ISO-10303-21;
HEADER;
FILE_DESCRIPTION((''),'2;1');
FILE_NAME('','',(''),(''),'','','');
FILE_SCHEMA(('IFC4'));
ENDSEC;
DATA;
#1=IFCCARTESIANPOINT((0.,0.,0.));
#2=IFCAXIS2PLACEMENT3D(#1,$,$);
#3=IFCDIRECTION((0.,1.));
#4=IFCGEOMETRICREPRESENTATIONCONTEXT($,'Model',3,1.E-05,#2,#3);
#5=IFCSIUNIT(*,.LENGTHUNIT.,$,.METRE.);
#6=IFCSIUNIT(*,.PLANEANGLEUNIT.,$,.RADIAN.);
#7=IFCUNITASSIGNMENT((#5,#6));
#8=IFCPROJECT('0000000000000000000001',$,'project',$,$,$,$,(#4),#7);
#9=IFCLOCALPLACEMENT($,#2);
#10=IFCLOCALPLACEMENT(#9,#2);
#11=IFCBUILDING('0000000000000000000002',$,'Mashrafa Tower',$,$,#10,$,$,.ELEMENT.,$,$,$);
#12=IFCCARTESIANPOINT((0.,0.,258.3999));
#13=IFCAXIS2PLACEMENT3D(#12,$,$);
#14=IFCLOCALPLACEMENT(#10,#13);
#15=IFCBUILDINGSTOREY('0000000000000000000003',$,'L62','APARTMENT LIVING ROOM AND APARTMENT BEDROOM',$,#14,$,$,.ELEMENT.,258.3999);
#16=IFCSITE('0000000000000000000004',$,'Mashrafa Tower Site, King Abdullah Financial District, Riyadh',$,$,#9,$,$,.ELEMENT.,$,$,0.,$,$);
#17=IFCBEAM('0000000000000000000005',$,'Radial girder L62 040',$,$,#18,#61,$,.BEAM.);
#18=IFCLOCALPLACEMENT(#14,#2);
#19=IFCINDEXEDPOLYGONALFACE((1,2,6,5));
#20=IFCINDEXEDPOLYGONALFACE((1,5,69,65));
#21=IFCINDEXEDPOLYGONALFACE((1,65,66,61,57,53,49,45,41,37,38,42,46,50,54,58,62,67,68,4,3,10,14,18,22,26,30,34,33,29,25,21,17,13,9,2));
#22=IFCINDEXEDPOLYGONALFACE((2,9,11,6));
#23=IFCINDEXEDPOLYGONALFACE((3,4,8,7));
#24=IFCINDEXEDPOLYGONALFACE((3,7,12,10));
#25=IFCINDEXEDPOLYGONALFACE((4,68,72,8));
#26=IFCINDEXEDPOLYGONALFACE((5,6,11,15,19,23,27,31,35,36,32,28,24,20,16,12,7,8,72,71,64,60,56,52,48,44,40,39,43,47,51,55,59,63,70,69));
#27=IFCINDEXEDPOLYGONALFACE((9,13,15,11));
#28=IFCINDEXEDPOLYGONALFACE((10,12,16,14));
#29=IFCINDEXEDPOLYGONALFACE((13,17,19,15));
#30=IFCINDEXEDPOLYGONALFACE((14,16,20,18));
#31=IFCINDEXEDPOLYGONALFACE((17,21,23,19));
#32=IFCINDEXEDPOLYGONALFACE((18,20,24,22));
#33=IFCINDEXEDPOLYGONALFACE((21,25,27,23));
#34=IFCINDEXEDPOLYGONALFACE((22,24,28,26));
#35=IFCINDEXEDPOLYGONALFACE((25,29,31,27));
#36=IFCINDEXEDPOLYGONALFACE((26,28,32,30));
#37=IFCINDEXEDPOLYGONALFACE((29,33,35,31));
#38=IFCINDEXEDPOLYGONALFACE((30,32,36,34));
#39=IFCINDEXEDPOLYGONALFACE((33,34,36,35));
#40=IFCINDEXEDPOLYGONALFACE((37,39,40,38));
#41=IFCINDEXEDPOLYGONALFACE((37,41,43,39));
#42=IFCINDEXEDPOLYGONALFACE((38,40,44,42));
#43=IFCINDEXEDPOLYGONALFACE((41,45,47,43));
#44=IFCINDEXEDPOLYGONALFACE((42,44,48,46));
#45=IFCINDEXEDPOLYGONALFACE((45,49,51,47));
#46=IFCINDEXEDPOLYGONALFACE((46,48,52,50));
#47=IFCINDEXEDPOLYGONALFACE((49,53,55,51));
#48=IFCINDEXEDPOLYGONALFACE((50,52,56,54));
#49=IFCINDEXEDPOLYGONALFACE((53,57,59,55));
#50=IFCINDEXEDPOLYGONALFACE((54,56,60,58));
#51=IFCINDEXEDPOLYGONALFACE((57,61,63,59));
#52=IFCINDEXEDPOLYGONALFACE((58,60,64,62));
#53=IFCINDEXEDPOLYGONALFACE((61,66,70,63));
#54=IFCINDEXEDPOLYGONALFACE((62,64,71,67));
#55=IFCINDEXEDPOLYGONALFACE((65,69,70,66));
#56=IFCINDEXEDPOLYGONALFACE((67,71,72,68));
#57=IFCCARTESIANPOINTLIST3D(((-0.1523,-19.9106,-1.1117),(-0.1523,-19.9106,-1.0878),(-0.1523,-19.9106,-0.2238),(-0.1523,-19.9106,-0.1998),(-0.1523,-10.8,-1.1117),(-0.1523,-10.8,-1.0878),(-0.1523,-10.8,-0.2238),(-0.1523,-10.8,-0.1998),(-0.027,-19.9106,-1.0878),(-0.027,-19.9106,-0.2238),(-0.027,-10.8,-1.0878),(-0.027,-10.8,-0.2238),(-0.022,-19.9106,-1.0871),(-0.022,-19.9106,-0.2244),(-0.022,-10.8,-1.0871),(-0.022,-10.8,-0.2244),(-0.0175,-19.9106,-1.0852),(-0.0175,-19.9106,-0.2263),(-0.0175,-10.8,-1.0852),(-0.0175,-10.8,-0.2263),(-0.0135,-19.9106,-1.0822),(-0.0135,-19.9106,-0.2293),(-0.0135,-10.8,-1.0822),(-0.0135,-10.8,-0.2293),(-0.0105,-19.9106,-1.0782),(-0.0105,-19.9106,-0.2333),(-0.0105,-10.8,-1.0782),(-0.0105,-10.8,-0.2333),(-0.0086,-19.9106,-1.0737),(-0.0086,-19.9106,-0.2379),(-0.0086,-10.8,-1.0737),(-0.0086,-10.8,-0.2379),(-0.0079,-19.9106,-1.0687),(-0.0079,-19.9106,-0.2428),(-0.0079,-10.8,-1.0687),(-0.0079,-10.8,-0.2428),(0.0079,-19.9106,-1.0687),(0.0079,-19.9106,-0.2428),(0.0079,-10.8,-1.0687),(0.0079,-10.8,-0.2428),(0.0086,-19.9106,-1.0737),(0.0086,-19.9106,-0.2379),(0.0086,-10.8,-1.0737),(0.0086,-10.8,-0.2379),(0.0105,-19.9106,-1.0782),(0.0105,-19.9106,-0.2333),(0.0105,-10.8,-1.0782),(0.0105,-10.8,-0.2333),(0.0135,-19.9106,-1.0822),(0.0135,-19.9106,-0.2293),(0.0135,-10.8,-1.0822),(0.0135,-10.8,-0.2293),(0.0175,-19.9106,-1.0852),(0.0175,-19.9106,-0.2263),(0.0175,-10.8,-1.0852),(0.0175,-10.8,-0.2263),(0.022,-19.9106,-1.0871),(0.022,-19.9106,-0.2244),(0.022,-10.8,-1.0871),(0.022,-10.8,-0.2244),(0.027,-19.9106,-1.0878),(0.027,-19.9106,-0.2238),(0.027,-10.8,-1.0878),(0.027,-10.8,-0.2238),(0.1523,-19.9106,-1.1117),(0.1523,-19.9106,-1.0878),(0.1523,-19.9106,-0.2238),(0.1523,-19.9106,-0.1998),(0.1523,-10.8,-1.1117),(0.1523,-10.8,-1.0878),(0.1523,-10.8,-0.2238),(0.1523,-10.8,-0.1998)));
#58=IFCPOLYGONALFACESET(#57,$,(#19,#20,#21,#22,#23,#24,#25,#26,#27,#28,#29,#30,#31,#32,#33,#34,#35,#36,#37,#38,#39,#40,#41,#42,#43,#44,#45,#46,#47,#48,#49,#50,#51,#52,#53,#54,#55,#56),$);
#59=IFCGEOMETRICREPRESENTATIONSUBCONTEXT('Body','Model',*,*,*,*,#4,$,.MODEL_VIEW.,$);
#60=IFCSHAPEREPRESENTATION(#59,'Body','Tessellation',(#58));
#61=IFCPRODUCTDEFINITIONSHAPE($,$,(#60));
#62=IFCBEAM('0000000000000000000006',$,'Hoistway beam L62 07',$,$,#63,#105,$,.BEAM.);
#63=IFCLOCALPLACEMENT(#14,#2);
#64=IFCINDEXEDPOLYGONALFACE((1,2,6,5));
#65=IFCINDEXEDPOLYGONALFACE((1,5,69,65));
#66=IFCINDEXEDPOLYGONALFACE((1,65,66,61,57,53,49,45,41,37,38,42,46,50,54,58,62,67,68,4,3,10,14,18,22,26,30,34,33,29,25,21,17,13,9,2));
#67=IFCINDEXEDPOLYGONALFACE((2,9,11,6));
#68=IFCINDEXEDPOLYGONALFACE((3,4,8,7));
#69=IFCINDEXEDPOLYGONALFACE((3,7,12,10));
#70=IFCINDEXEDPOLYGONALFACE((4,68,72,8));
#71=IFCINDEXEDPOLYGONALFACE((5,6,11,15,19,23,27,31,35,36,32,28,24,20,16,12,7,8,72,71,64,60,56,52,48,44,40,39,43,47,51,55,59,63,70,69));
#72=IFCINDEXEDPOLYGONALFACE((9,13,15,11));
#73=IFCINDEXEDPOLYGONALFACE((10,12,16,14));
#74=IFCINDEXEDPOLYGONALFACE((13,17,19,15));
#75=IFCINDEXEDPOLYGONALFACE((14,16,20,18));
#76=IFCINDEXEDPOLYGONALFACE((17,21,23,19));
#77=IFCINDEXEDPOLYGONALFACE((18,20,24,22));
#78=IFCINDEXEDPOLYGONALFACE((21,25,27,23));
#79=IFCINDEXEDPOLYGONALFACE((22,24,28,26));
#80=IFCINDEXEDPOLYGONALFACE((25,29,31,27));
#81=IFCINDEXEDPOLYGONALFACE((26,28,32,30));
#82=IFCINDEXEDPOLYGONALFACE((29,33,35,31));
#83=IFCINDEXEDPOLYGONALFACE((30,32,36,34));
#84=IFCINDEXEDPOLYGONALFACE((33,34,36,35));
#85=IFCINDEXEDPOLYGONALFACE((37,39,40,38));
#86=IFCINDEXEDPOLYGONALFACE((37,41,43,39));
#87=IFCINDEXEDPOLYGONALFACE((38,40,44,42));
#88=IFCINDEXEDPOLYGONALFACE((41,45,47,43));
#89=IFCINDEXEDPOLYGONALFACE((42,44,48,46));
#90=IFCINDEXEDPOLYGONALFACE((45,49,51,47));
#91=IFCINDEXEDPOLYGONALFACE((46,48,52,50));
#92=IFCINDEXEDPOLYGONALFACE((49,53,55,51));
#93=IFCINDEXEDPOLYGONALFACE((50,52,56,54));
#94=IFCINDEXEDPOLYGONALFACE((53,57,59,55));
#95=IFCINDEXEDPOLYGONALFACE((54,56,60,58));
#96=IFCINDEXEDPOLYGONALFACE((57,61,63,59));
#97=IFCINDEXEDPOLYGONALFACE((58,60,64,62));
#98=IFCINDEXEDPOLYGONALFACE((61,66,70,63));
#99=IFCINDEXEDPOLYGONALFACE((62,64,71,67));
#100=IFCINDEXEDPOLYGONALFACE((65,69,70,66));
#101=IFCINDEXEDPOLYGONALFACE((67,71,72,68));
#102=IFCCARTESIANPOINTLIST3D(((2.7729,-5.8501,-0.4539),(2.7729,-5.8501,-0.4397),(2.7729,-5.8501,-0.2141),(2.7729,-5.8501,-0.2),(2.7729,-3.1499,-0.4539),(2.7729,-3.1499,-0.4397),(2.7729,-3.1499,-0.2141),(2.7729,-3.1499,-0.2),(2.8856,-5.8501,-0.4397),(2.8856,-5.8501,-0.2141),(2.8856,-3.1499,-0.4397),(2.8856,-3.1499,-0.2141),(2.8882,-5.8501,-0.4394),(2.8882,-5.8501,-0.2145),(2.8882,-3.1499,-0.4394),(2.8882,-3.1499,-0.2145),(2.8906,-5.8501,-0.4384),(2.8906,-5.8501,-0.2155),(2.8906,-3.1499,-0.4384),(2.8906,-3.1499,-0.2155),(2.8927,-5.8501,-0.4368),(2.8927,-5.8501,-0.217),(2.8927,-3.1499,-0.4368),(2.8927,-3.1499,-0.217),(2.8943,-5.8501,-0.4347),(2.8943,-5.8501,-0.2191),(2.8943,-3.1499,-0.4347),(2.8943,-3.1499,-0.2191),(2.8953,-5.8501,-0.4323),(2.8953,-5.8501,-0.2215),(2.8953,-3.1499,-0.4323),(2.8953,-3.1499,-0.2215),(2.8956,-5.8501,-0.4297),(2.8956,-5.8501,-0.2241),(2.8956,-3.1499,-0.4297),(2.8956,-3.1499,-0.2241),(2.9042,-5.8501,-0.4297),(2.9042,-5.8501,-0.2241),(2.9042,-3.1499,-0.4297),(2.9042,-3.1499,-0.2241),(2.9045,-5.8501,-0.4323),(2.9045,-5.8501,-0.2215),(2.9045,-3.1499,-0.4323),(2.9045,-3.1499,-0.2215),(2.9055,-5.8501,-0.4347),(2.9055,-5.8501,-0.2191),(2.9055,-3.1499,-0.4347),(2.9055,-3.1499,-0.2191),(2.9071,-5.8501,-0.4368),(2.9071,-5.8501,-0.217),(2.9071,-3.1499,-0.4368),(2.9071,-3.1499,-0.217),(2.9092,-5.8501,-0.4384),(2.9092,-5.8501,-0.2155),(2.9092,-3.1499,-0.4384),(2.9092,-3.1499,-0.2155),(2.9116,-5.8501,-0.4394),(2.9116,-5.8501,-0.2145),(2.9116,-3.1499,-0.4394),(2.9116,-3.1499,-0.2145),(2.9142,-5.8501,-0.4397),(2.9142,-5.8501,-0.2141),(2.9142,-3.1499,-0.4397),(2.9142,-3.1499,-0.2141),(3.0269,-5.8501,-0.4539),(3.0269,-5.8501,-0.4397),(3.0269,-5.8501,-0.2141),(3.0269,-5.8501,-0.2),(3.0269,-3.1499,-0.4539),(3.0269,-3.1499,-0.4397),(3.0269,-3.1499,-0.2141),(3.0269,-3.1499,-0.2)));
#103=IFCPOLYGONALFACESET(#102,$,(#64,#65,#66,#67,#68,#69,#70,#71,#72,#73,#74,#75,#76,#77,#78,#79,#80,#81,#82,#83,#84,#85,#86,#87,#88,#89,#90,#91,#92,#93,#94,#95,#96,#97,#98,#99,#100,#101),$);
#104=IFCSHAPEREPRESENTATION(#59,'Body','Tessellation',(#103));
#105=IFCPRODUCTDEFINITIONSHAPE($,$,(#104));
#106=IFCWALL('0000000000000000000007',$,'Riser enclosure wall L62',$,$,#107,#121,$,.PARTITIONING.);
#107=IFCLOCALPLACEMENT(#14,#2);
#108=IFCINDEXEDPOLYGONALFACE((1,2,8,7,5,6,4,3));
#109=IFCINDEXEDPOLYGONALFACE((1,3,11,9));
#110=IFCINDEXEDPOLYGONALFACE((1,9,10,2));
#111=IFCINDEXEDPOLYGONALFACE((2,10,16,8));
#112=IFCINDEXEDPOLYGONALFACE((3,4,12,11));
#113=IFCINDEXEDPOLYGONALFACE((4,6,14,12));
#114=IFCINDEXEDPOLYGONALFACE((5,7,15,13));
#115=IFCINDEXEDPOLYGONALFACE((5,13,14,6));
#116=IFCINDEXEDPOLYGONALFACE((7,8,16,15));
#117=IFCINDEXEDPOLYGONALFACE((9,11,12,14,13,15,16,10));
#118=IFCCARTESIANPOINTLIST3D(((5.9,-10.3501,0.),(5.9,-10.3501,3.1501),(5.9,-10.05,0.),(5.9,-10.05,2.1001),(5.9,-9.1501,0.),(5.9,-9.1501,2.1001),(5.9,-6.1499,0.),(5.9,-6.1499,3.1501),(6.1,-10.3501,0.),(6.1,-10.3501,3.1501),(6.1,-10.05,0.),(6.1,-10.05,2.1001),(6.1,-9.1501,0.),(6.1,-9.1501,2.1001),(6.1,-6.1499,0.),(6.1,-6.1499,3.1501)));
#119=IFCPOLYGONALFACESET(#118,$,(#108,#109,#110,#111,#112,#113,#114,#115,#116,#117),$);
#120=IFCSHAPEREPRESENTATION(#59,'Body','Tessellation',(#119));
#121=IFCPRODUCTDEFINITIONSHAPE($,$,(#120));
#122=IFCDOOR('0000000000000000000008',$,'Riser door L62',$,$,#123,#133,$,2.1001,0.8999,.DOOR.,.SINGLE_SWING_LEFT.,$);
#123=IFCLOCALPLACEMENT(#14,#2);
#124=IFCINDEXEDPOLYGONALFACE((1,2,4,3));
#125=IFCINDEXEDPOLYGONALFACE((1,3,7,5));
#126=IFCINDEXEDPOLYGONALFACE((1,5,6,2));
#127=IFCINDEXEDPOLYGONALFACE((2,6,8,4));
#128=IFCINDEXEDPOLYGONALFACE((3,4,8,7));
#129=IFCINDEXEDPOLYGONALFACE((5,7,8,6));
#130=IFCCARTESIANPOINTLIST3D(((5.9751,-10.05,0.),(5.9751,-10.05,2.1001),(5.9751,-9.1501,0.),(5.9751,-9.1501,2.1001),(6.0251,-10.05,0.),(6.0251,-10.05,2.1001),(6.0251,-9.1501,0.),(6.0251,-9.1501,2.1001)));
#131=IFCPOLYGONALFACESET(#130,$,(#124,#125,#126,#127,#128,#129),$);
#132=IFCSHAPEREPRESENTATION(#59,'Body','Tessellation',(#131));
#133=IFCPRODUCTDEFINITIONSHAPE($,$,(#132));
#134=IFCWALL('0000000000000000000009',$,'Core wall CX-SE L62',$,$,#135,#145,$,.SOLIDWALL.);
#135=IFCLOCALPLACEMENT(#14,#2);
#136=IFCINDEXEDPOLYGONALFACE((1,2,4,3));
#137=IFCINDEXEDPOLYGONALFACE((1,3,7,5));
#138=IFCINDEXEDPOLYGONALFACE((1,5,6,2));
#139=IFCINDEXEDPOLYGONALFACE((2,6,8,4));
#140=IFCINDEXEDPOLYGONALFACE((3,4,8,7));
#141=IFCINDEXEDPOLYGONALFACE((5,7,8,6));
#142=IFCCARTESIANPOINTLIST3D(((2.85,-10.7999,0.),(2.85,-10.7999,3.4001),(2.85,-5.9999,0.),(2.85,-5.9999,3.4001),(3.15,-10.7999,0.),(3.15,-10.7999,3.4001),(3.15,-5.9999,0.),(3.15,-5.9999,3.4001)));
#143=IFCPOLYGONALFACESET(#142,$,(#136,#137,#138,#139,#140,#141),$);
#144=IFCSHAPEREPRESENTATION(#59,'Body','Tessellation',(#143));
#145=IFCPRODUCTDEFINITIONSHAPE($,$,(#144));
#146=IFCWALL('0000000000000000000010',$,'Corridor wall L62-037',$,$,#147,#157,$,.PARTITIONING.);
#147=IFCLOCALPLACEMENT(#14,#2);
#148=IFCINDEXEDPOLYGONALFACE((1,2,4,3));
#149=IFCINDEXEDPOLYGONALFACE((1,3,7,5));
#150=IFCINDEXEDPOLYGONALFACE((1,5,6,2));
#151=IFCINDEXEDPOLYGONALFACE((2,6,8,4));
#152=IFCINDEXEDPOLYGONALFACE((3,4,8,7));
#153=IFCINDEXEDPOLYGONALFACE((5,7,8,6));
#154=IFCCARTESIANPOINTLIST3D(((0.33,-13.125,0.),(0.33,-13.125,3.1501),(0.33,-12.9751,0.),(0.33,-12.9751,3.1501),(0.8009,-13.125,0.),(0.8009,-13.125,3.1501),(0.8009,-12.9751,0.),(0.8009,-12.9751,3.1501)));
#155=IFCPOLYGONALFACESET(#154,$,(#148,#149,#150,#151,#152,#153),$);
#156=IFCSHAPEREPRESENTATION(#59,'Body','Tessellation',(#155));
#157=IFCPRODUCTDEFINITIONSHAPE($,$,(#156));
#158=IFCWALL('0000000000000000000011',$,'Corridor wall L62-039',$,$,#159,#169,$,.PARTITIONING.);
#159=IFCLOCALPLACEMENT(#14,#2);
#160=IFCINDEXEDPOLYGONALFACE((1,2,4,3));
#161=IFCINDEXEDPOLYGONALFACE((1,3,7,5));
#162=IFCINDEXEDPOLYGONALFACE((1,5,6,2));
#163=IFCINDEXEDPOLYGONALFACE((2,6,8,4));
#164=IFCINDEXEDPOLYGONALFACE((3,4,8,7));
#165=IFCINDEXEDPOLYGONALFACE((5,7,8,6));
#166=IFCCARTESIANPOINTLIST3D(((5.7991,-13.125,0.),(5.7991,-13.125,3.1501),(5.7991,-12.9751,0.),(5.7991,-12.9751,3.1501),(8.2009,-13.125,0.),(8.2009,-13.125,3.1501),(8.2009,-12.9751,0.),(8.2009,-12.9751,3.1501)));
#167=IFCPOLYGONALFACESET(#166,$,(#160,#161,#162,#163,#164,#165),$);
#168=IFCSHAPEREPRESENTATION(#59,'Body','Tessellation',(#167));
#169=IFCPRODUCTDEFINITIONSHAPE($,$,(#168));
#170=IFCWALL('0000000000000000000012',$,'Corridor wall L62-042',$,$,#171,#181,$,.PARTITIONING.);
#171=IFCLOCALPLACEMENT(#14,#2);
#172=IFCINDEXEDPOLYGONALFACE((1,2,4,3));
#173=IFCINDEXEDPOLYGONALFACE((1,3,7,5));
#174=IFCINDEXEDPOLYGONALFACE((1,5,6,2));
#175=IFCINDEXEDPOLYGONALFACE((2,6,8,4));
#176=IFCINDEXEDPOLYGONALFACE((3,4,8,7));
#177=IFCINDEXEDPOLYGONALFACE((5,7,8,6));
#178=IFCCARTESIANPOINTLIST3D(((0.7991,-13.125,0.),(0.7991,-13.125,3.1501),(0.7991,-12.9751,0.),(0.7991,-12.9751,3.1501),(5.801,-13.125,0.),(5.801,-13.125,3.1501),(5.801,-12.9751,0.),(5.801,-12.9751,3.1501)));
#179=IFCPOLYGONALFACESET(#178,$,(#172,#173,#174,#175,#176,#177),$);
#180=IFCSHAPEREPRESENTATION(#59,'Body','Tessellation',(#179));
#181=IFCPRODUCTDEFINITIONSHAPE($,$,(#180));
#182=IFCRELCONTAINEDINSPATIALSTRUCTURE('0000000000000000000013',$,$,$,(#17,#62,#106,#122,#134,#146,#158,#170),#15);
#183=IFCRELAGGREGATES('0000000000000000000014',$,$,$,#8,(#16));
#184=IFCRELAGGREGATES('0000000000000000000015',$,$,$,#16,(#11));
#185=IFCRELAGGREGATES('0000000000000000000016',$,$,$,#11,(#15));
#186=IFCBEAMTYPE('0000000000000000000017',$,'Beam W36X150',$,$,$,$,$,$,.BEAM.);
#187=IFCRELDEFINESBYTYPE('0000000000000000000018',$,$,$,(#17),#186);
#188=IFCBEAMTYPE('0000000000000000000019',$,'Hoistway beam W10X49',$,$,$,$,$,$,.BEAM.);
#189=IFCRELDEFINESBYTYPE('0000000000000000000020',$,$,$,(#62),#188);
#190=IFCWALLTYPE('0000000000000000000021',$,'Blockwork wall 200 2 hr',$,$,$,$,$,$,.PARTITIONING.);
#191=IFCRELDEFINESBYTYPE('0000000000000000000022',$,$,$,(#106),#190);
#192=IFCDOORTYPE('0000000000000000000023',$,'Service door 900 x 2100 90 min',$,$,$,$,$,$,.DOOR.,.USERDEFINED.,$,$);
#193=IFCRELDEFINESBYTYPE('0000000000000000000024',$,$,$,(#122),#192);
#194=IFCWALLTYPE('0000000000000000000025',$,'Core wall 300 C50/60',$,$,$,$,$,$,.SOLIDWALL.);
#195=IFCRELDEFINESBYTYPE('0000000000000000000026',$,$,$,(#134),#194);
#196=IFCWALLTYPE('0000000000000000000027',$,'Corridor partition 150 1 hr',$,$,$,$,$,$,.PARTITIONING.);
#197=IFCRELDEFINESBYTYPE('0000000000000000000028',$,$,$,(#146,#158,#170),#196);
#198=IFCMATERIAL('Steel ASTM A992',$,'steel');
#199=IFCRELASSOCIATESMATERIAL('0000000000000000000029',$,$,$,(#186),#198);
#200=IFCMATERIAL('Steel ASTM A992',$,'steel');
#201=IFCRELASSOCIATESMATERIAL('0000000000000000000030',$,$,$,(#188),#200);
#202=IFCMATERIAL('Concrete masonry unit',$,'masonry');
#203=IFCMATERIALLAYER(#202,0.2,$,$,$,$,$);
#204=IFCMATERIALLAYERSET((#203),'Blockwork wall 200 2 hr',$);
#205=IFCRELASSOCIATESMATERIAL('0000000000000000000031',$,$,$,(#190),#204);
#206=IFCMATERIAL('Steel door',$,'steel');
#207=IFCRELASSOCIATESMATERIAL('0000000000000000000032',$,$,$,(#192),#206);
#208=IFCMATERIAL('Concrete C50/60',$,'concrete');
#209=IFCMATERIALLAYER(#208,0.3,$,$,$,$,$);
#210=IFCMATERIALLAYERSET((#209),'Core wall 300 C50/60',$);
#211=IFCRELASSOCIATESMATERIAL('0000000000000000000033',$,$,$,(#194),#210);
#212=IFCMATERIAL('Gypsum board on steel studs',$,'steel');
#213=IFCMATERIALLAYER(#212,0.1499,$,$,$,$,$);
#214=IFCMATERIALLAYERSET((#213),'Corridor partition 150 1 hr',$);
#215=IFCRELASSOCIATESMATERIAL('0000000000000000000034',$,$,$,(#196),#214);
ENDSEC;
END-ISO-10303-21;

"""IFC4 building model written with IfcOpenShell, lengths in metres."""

from ifc_helpers import new_model, si_unit, direction, frame, frame_2d, origin, origin_2d, place, context, subcontext, project, spatial, rectangle, i_section, extrude, material, layer, layer_set, material_profile, profile_set, type_object, element, fill, save


model = new_model("IFC4")

# Units and contexts
model_context = context("Model", 3, precision=1e-05, world=origin(), true_north=direction((0.0, 1.0)))
body_context = subcontext(model_context, "Body", "Model", "MODEL_VIEW")
ifc_project = project(units=[si_unit("LENGTHUNIT", "METRE"), si_unit("PLANEANGLEUNIT", "RADIAN")], contexts=[model_context])

# Site, building, storey
site_placement = place(None, origin())
site = spatial("IfcSite", under=ifc_project, at=site_placement, Name="Mashrafa Tower Site, King Abdullah Financial District, Riyadh", CompositionType="ELEMENT", RefElevation=0.0)
building_placement = place(site_placement, origin())
building = spatial("IfcBuilding", under=site, at=building_placement, Name="Mashrafa Tower", CompositionType="ELEMENT")
storey_placement = place(building_placement, frame((0.0, 0.0, 258.3999)))
storey = spatial("IfcBuildingStorey", under=building, at=storey_placement, Name="L62", Description="APARTMENT LIVING ROOM AND APARTMENT BEDROOM", CompositionType="ELEMENT", Elevation=258.3999)

# Beams
ifc_material_1 = material(Name="Steel ASTM A992", Category="steel")
ifc_material_profile_1 = material_profile(ifc_material_1, i_section(OverallWidth=0.3047, OverallDepth=0.9119, WebThickness=0.0159, FlangeThickness=0.0239, FilletRadius=0.019, at=origin_2d()), Name="W36X150")
ifc_profile_set_1 = profile_set([ifc_material_profile_1], Name="Steel ASTM A992")
beam_type_1 = type_object("IfcBeamType", Name="Beam W36X150", PredefinedType="BEAM", material=ifc_profile_set_1)
beam_1_placement = place(storey_placement, frame((0.0, -10.8, -0.6558), z_axis=(0.0, -1.0, 0.0), x_axis=(1.0, 0.0, 0.0)))
element("IfcBeam", 1, at=beam_1_placement, inside=storey, type_object=beam_type_1, Name="Radial girder L62 040", PredefinedType="BEAM", context=body_context, shape_type="SweptSolid", body=[
    extrude(i_section(OverallWidth=0.3047, OverallDepth=0.9119, WebThickness=0.0159, FlangeThickness=0.0239, FilletRadius=0.019, at=origin_2d()), origin(), (0.0, 0.0, 1.0), 9.1106),
])
ifc_material_2 = material(Name="Steel ASTM A992", Category="steel")
ifc_material_profile_2 = material_profile(ifc_material_2, i_section(OverallWidth=0.2539, OverallDepth=0.2539, WebThickness=0.0085, FlangeThickness=0.0142, FilletRadius=0.01, at=origin_2d()), Name="W10X49")
ifc_profile_set_2 = profile_set([ifc_material_profile_2], Name="Steel ASTM A992")
beam_type_2 = type_object("IfcBeamType", Name="Hoistway beam W10X49", PredefinedType="BEAM", material=ifc_profile_set_2)
beam_2_placement = place(storey_placement, frame((2.8999, -5.8501, -0.3269), z_axis=(0.0, 1.0, 0.0), x_axis=(-1.0, 0.0, 0.0)))
element("IfcBeam", 2, at=beam_2_placement, inside=storey, type_object=beam_type_2, Name="Hoistway beam L62 07", PredefinedType="BEAM", context=body_context, shape_type="SweptSolid", body=[
    extrude(i_section(OverallWidth=0.2539, OverallDepth=0.2539, WebThickness=0.0085, FlangeThickness=0.0142, FilletRadius=0.01, at=origin_2d()), origin(), (0.0, 0.0, 1.0), 2.7002),
])

# Wall, opening, door
ifc_material_3 = material(Name="Concrete masonry unit", Category="masonry")
ifc_layer_1 = layer(ifc_material_3, 0.2)
ifc_layer_set_1 = layer_set([ifc_layer_1], Name="Blockwork wall 200 2 hr")
wall_type_1 = type_object("IfcWallType", Name="Blockwork wall 200 2 hr", PredefinedType="PARTITIONING", material=ifc_layer_set_1)
wall_1_placement = place(storey_placement, frame((6.0, -10.3501, 0.0), z_axis=(0.0, 0.0, 1.0), x_axis=(0.0, 1.0, 0.0)))
wall_1 = element("IfcWall", 3, at=wall_1_placement, inside=storey, type_object=wall_type_1, Name="Riser enclosure wall L62", PredefinedType="PARTITIONING", context=body_context, shape_type="SweptSolid", body=[
    extrude(rectangle(XDim=4.2002, YDim=0.2, at=frame_2d((2.1001, 0.0))), origin(), (0.0, 0.0, 1.0), 3.1501),
])
opening_1_placement = place(wall_1_placement, frame((0.3, 0.0, 0.0)))
opening_1 = element("IfcOpeningElement", 4, at=opening_1_placement, cuts=wall_1, PredefinedType="OPENING", context=body_context, shape_type="SweptSolid", body=[
    extrude(rectangle(XDim=0.8999, YDim=2.1001, at=frame_2d((0.45, 1.05))), frame((0.0, 0.1099, 0.0), z_axis=(0.0, -1.0, 0.0), x_axis=(1.0, 0.0, 0.0)), (0.0, 0.0, 1.0), 0.22),
])
ifc_material_4 = material(Name="Steel door", Category="steel")
door_type_1 = type_object("IfcDoorType", Name="Service door 900 x 2100 90 min", OperationType="USERDEFINED", PredefinedType="DOOR", material=ifc_material_4)
door_1_placement = place(opening_1_placement, origin())
door_1 = element("IfcDoor", 5, at=door_1_placement, inside=storey, type_object=door_type_1, Name="Riser door L62", OperationType="SINGLE_SWING_LEFT", OverallHeight=2.1001, OverallWidth=0.8999, PredefinedType="DOOR", context=body_context, shape_type="SweptSolid", body=[
    extrude(rectangle(XDim=0.8999, YDim=2.1001, at=frame_2d((0.45, 1.05))), frame((0.0, 0.0249, 0.0), z_axis=(0.0, -1.0, 0.0), x_axis=(1.0, 0.0, 0.0)), (0.0, 0.0, 1.0), 0.05),
])
fill(opening_1, door_1)

# Walls
ifc_material_5 = material(Name="Concrete C50/60", Category="concrete")
ifc_layer_2 = layer(ifc_material_5, 0.3)
ifc_layer_set_2 = layer_set([ifc_layer_2], Name="Core wall 300 C50/60")
wall_type_2 = type_object("IfcWallType", Name="Core wall 300 C50/60", PredefinedType="SOLIDWALL", material=ifc_layer_set_2)
wall_2_placement = place(storey_placement, frame((3.0, -6.0, 0.0), z_axis=(0.0, 0.0, 1.0), x_axis=(0.0, -1.0, 0.0)))
element("IfcWall", 6, at=wall_2_placement, inside=storey, type_object=wall_type_2, Name="Core wall CX-SE L62", PredefinedType="SOLIDWALL", context=body_context, shape_type="SweptSolid", body=[
    extrude(rectangle(XDim=4.8, YDim=0.3, at=frame_2d((2.3999, 0.0))), origin(), (0.0, 0.0, 1.0), 3.4001),
])
ifc_material_6 = material(Name="Gypsum board on steel studs", Category="steel")
ifc_layer_3 = layer(ifc_material_6, 0.1499)
ifc_layer_set_3 = layer_set([ifc_layer_3], Name="Corridor partition 150 1 hr")
wall_type_3 = type_object("IfcWallType", Name="Corridor partition 150 1 hr", PredefinedType="PARTITIONING", material=ifc_layer_set_3)
wall_3_placement = place(storey_placement, frame((0.3301, -13.05, 0.0), z_axis=(0.0, 0.0, 1.0), x_axis=(1.0, 0.0, 0.0)))
element("IfcWall", 7, at=wall_3_placement, inside=storey, type_object=wall_type_3, Name="Corridor wall L62-037", PredefinedType="PARTITIONING", context=body_context, shape_type="SweptSolid", body=[
    extrude(rectangle(XDim=0.4709, YDim=0.1499, at=frame_2d((0.2354, 0.0))), origin(), (0.0, 0.0, 1.0), 3.1501),
])
wall_4_placement = place(storey_placement, frame((5.7991, -13.05, 0.0), z_axis=(0.0, 0.0, 1.0), x_axis=(1.0, 0.0, 0.0)))
element("IfcWall", 8, at=wall_4_placement, inside=storey, type_object=wall_type_3, Name="Corridor wall L62-039", PredefinedType="PARTITIONING", context=body_context, shape_type="SweptSolid", body=[
    extrude(rectangle(XDim=2.4019, YDim=0.1499, at=frame_2d((1.2009, 0.0))), origin(), (0.0, 0.0, 1.0), 3.1501),
])
wall_5_placement = place(storey_placement, frame((0.7991, -13.05, 0.0), z_axis=(0.0, 0.0, 1.0), x_axis=(1.0, 0.0, 0.0)))
element("IfcWall", 9, at=wall_5_placement, inside=storey, type_object=wall_type_3, Name="Corridor wall L62-042", PredefinedType="PARTITIONING", context=body_context, shape_type="SweptSolid", body=[
    extrude(rectangle(XDim=5.002, YDim=0.1499, at=frame_2d((2.501, 0.0))), origin(), (0.0, 0.0, 1.0), 3.1501),
])

save(model, "model.ifc")
